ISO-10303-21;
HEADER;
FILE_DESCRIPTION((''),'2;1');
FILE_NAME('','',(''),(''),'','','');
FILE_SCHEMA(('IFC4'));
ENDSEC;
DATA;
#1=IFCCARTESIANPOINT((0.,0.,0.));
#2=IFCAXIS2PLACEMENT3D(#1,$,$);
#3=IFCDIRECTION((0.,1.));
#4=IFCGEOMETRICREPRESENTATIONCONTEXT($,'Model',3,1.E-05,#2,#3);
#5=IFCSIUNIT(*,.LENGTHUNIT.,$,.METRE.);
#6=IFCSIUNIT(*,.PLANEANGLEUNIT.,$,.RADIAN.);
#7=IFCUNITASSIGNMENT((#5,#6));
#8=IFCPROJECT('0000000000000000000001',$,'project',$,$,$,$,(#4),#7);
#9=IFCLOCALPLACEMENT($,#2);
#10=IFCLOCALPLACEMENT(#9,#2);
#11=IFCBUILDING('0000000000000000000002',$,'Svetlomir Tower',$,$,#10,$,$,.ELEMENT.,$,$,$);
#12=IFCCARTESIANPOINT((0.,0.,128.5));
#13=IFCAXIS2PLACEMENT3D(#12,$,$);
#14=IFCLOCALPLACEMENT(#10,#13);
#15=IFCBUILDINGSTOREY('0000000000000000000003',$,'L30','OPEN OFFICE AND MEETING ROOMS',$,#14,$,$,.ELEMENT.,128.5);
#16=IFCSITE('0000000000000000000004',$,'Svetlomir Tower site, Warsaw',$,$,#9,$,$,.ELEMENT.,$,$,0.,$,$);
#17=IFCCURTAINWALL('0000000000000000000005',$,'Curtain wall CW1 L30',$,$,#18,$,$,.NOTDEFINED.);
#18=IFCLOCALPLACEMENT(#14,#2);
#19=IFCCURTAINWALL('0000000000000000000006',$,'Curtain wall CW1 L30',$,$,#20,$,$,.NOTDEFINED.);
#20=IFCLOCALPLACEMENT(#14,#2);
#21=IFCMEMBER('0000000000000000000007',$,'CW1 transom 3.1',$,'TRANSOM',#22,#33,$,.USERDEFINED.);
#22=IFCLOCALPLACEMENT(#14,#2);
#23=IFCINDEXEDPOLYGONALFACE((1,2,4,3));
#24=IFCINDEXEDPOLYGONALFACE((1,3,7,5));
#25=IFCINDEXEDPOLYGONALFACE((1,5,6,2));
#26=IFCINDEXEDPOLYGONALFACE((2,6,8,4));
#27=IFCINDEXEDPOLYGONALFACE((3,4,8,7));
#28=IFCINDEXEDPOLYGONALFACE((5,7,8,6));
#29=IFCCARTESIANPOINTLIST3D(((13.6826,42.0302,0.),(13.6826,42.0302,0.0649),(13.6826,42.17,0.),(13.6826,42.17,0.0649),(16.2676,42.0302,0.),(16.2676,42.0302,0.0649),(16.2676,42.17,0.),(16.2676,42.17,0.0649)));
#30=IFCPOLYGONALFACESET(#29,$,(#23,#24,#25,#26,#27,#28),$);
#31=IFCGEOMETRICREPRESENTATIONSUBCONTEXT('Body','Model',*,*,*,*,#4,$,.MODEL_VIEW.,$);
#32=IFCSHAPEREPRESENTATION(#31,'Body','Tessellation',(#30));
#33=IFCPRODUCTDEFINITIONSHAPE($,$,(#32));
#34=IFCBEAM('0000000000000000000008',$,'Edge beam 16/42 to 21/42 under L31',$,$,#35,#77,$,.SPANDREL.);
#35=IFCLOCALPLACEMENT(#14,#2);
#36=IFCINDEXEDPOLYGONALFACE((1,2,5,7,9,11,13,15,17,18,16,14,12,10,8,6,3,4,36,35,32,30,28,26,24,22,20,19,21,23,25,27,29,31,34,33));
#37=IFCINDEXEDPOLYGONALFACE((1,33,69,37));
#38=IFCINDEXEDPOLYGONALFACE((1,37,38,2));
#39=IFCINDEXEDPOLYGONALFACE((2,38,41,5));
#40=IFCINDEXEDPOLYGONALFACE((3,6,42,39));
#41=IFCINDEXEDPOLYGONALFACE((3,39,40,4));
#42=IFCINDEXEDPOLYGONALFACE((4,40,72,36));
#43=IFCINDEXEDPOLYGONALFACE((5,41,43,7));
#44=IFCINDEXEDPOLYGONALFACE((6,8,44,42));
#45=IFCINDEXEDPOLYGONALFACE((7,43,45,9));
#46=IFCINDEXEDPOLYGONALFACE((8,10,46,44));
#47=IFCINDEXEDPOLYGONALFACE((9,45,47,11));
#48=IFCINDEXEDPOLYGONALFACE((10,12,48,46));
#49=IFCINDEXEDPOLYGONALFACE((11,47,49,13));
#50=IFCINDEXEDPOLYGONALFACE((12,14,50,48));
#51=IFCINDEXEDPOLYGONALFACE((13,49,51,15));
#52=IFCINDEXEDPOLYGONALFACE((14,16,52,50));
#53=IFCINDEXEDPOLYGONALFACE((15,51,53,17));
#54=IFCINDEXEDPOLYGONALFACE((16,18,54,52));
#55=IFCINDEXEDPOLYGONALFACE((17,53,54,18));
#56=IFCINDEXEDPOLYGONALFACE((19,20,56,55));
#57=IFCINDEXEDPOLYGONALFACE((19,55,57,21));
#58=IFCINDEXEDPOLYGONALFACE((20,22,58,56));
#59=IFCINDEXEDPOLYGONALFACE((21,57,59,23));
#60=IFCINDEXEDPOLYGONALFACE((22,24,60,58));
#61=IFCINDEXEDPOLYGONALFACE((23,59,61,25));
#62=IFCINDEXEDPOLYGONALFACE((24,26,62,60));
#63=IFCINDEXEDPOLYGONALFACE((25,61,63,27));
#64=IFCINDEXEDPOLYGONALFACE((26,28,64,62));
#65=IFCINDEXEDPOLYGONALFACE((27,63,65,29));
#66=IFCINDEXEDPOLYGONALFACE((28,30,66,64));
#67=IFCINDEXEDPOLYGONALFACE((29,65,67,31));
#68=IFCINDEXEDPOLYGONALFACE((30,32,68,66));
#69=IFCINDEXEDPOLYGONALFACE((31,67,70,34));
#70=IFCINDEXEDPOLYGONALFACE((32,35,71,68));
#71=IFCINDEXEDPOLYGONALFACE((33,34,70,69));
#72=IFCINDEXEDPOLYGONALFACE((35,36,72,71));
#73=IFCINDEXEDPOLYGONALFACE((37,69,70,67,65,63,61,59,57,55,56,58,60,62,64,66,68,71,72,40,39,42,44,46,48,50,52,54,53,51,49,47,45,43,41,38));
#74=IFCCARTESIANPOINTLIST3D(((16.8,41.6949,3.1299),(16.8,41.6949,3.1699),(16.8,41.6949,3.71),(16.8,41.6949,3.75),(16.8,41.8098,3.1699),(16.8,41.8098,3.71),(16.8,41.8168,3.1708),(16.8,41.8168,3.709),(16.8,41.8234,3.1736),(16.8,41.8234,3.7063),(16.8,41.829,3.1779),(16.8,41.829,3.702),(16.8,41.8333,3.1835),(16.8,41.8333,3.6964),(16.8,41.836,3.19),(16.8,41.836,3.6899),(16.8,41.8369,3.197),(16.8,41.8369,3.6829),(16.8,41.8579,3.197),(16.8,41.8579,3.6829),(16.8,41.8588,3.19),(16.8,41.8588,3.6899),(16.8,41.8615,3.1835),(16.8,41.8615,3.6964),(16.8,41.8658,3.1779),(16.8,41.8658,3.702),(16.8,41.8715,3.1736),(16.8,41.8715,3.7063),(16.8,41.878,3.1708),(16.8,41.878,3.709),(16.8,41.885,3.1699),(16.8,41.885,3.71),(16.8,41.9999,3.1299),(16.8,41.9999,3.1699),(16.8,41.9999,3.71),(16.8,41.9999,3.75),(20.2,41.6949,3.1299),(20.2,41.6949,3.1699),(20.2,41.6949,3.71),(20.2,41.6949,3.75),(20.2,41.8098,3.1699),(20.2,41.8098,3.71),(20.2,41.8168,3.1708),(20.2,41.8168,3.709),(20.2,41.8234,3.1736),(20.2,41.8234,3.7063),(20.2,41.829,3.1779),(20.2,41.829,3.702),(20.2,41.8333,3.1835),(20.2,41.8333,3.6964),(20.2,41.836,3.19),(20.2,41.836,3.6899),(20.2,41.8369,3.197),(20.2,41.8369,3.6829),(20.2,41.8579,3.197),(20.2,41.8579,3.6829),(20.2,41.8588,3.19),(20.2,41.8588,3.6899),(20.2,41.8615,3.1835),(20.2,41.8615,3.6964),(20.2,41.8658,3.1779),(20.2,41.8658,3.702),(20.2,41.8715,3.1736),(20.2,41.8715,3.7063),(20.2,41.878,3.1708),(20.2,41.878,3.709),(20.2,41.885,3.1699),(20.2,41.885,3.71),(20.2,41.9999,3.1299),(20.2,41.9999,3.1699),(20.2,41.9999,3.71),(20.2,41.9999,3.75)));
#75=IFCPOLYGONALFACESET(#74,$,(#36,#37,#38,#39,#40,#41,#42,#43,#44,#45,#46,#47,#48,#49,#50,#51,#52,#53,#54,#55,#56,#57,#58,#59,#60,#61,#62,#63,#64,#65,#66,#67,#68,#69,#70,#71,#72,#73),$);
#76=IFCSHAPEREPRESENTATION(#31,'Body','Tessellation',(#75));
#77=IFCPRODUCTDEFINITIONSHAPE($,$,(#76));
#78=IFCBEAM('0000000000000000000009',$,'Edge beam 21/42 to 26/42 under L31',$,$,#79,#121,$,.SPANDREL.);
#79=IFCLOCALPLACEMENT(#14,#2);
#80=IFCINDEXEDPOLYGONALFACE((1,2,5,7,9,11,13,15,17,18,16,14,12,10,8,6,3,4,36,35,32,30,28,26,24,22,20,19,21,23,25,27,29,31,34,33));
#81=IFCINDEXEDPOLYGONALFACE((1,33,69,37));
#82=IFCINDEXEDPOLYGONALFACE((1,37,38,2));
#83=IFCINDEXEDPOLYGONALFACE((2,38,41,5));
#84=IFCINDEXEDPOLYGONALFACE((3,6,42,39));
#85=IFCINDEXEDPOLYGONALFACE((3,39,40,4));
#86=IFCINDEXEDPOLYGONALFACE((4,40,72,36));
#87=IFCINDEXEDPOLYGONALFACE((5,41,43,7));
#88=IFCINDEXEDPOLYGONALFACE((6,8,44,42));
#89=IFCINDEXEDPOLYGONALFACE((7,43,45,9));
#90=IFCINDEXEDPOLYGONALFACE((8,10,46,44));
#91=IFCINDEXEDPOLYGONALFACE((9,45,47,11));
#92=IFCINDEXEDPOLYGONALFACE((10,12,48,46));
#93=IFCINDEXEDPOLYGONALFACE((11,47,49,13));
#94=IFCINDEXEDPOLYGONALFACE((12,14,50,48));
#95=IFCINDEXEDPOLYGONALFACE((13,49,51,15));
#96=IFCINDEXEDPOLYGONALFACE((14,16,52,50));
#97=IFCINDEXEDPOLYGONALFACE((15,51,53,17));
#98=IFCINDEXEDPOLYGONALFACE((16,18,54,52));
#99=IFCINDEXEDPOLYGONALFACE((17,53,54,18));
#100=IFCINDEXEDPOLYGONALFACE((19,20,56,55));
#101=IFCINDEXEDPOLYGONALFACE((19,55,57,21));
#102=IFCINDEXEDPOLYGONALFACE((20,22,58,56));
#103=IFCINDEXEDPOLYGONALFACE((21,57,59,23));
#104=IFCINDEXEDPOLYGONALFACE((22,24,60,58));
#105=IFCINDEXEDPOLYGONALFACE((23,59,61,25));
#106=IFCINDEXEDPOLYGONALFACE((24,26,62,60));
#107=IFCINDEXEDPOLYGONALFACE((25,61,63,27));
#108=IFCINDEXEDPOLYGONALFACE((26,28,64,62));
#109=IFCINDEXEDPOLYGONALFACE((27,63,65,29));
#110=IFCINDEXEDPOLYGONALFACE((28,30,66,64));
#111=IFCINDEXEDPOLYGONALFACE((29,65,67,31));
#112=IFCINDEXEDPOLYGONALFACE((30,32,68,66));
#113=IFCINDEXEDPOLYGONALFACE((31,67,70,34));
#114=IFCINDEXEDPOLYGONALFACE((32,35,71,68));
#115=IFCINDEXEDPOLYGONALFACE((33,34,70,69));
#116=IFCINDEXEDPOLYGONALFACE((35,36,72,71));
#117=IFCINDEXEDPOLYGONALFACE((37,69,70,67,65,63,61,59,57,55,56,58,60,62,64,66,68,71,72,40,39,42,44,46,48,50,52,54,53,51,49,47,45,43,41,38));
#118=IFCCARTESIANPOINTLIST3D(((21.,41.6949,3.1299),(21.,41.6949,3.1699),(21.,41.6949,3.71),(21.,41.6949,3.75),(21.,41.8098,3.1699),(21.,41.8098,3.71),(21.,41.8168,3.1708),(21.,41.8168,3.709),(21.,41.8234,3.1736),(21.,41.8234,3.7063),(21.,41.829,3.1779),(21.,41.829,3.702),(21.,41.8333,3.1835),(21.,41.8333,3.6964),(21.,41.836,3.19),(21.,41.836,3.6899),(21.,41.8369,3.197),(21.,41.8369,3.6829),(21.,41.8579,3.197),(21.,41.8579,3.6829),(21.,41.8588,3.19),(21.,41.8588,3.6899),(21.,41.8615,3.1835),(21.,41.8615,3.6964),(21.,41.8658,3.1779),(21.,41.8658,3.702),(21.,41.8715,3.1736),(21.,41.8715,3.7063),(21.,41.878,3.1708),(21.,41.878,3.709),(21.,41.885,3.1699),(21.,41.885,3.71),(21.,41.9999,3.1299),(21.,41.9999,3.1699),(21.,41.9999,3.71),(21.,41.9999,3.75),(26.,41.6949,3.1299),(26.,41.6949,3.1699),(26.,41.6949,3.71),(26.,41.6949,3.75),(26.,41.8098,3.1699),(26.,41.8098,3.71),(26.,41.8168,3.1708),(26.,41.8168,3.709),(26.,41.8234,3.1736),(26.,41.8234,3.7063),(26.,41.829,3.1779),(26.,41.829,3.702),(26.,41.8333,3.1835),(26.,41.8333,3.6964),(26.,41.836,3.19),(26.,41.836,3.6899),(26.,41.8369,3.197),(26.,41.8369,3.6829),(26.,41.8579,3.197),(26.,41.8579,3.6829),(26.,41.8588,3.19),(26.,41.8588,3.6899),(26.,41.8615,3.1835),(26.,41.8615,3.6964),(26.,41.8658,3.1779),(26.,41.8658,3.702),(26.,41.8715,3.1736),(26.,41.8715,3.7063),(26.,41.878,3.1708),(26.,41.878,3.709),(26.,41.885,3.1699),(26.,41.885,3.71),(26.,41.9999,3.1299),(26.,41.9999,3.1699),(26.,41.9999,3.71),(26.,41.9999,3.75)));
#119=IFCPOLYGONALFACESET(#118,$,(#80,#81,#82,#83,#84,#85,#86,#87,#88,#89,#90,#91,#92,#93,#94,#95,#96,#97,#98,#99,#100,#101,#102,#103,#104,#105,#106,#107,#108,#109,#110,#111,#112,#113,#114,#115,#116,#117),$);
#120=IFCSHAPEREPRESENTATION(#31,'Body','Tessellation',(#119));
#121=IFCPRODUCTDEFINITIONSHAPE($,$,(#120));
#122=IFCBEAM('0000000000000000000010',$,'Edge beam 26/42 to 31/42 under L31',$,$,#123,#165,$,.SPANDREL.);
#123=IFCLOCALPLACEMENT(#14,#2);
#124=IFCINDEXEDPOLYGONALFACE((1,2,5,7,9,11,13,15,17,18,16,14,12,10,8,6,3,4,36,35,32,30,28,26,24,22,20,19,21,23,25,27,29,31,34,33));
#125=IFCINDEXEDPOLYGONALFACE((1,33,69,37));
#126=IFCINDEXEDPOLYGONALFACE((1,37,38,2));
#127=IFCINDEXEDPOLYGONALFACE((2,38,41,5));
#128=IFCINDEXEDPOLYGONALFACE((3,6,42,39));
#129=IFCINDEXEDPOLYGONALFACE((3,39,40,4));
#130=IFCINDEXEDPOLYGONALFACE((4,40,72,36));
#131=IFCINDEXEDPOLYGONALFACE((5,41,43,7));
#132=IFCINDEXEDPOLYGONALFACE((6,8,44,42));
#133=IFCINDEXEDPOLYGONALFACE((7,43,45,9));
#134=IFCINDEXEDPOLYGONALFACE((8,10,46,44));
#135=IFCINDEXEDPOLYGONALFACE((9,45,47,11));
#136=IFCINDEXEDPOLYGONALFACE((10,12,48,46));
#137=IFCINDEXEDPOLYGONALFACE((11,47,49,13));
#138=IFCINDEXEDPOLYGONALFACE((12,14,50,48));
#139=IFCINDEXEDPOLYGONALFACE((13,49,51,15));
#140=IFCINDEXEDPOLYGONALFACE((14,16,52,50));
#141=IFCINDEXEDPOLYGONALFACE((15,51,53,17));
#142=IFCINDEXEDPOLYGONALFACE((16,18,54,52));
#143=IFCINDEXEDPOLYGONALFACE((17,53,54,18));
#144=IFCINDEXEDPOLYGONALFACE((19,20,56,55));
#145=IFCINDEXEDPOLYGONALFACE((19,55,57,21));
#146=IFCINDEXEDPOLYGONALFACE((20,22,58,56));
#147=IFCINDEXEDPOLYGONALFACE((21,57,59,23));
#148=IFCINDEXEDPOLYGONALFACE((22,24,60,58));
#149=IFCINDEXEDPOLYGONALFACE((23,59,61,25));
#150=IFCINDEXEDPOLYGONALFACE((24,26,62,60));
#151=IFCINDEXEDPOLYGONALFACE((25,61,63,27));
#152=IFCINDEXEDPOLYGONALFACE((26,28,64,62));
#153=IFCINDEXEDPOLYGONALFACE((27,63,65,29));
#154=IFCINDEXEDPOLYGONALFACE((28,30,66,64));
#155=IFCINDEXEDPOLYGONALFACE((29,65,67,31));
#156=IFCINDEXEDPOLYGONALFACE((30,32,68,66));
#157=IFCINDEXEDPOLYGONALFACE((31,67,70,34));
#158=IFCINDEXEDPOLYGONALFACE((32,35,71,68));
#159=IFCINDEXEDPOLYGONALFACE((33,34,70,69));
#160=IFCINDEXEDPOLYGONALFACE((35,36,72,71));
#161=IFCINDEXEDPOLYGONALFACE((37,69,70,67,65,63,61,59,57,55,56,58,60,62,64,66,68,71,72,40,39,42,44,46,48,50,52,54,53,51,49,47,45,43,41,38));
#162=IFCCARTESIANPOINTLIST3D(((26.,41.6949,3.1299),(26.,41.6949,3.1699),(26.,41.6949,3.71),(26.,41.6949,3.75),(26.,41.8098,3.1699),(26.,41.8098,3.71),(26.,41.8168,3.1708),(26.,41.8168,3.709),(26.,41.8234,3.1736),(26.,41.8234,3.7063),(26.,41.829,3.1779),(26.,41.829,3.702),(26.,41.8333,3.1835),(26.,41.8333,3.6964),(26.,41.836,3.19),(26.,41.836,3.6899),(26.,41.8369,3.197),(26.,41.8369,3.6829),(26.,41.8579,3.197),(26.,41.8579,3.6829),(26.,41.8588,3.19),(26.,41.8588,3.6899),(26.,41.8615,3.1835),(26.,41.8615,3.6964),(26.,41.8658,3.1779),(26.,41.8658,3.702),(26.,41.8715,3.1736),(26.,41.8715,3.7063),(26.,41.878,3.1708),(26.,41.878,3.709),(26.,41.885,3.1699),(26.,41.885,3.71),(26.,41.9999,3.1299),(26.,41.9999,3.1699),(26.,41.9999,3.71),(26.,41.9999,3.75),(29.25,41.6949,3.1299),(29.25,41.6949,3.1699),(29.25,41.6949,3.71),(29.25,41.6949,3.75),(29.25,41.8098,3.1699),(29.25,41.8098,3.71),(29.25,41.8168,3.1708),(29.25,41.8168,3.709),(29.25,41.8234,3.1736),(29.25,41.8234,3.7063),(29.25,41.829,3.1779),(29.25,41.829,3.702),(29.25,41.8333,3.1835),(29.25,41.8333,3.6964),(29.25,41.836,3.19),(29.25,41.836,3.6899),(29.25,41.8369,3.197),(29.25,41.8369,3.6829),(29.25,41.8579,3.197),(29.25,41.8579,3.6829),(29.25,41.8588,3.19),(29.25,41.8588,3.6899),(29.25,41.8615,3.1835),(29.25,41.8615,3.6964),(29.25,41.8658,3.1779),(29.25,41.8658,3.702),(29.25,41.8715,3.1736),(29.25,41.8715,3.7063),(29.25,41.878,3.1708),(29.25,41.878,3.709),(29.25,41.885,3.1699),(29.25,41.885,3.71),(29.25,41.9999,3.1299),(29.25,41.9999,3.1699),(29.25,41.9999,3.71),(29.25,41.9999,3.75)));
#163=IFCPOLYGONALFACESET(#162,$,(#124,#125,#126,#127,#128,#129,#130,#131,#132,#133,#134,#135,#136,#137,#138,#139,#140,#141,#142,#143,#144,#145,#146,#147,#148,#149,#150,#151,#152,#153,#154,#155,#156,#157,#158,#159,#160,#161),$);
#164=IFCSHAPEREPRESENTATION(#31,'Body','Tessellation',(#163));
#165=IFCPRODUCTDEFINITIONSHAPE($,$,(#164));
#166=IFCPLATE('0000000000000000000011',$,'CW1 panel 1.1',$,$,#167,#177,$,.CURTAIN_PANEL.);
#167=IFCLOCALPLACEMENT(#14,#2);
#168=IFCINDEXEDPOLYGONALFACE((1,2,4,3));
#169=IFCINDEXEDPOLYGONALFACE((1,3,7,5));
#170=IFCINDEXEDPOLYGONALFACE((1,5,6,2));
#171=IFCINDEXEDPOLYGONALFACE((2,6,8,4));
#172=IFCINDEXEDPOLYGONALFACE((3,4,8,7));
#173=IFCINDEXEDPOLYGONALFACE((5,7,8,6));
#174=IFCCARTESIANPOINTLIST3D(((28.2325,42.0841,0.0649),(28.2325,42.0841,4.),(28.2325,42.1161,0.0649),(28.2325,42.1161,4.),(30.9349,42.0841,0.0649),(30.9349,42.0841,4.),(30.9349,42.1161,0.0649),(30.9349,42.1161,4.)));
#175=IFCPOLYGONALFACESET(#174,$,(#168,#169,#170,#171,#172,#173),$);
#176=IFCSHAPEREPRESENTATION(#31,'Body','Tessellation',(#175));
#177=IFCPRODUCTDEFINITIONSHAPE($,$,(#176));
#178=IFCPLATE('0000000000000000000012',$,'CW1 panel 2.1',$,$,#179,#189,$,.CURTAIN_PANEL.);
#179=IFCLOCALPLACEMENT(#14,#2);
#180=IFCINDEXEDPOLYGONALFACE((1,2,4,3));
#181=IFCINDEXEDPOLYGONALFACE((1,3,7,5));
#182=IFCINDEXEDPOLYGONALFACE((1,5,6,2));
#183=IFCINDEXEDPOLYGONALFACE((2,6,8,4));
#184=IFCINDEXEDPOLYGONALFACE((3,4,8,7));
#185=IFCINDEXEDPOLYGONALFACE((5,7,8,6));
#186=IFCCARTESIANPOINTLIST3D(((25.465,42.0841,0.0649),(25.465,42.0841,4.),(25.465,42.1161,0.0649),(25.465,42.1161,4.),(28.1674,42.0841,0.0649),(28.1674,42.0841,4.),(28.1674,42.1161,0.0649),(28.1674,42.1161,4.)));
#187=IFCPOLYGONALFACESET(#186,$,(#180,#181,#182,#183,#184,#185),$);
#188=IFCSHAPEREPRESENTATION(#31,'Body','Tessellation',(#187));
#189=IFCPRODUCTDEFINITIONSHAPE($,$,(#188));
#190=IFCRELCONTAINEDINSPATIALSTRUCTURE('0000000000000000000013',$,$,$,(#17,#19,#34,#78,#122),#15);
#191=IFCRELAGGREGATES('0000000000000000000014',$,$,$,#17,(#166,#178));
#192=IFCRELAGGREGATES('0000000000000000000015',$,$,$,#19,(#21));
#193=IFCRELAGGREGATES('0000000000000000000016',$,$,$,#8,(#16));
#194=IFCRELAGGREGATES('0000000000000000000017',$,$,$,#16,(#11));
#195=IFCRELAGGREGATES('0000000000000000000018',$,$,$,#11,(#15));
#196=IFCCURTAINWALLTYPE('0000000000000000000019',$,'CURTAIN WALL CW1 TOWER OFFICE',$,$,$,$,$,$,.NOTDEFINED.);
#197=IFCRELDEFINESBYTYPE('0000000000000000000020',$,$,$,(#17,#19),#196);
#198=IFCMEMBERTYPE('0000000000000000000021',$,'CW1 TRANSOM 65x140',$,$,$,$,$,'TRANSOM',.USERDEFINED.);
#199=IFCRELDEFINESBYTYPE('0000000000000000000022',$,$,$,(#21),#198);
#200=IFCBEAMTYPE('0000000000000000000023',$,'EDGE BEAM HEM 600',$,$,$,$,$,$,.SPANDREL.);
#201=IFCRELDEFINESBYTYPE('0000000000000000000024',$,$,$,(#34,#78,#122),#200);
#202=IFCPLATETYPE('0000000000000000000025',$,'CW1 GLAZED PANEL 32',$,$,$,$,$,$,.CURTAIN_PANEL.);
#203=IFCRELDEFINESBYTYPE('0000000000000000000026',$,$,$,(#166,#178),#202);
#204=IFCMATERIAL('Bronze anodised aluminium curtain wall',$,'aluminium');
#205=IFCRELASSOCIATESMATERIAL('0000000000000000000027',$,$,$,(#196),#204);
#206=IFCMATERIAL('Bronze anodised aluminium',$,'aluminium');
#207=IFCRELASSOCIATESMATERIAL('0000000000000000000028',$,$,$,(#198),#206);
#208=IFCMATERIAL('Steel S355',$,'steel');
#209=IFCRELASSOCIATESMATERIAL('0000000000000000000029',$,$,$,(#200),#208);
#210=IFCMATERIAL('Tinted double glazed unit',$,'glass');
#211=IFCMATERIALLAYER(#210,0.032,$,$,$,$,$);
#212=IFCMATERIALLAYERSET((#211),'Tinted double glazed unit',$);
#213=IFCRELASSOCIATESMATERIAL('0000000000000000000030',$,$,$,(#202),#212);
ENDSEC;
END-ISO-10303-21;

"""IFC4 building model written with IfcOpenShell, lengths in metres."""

from ifc_helpers import new_model, si_unit, direction, frame, origin, origin_2d, place, context, subcontext, project, spatial, rectangle, i_section, extrude, material, layer, layer_set, material_profile, profile_set, type_object, element, aggregate, save


model = new_model("IFC4")

# Units and contexts
model_context = context("Model", 3, precision=1e-05, world=origin(), true_north=direction((0.0, 1.0)))
body_context = subcontext(model_context, "Body", "Model", "MODEL_VIEW")
ifc_project = project(units=[si_unit("LENGTHUNIT", "METRE"), si_unit("PLANEANGLEUNIT", "RADIAN")], contexts=[model_context])

# Site, building, storey
site_placement = place(None, origin())
site = spatial("IfcSite", under=ifc_project, at=site_placement, Name="Svetlomir Tower site, Warsaw", CompositionType="ELEMENT", RefElevation=0.0)
building_placement = place(site_placement, origin())
building = spatial("IfcBuilding", under=site, at=building_placement, Name="Svetlomir Tower", CompositionType="ELEMENT")
storey_placement = place(building_placement, frame((0.0, 0.0, 128.5)))
storey = spatial("IfcBuildingStorey", under=building, at=storey_placement, Name="L30", Description="OPEN OFFICE AND MEETING ROOMS", CompositionType="ELEMENT", Elevation=128.5)

# Curtain walls
ifc_material_1 = material(Name="Bronze anodised aluminium curtain wall", Category="aluminium")
curtain_wall_type = type_object("IfcCurtainWallType", Name="CURTAIN WALL CW1 TOWER OFFICE", PredefinedType="NOTDEFINED", material=ifc_material_1)
curtain_wall_1_placement = place(storey_placement, origin())
curtain_wall_1 = element("IfcCurtainWall", 1, at=curtain_wall_1_placement, inside=storey, type_object=curtain_wall_type, Name="Curtain wall CW1 L30", PredefinedType="NOTDEFINED")
curtain_wall_2_placement = place(storey_placement, origin())
curtain_wall_2 = element("IfcCurtainWall", 2, at=curtain_wall_2_placement, inside=storey, type_object=curtain_wall_type, Name="Curtain wall CW1 L30", PredefinedType="NOTDEFINED")

# Member
ifc_material_2 = material(Name="Bronze anodised aluminium", Category="aluminium")
ifc_material_profile_1 = material_profile(ifc_material_2, rectangle(XDim=0.1399, YDim=0.0649, at=origin_2d()), Name="AL 140x65")
ifc_profile_set_1 = profile_set([ifc_material_profile_1], Name="Bronze anodised aluminium 6063-T6")
member_type_1 = type_object("IfcMemberType", Name="CW1 TRANSOM 65x140", ElementType="TRANSOM", PredefinedType="USERDEFINED", material=ifc_profile_set_1)
member_1_placement = place(storey_placement, frame((16.2676, 42.1001, 0.0325), z_axis=(-1.0, 0.0, 0.0), x_axis=(0.0, -1.0, 0.0)))
member_1 = element("IfcMember", 3, at=member_1_placement, type_object=member_type_1, Name="CW1 transom 3.1", ObjectType="TRANSOM", PredefinedType="USERDEFINED", context=body_context, shape_type="SweptSolid", body=[
    extrude(rectangle(XDim=0.1399, YDim=0.0649, at=origin_2d()), origin(), (0.0, 0.0, 1.0), 2.585),
])

# Beams
ifc_material_3 = material(Name="Steel S355", Category="steel")
ifc_material_profile_2 = material_profile(ifc_material_3, i_section(OverallWidth=0.3049, OverallDepth=0.6201, WebThickness=0.021, FlangeThickness=0.04, FilletRadius=0.0271, at=origin_2d()), Name="HEM 600")
ifc_profile_set_2 = profile_set([ifc_material_profile_2], Name="Steel S355")
beam_type_1 = type_object("IfcBeamType", Name="EDGE BEAM HEM 600", PredefinedType="SPANDREL", material=ifc_profile_set_2)
beam_1_placement = place(storey_placement, frame((16.8, 41.8474, 3.4399), z_axis=(1.0, 0.0, 0.0), x_axis=(0.0, 1.0, 0.0)))
element("IfcBeam", 4, at=beam_1_placement, inside=storey, type_object=beam_type_1, Name="Edge beam 16/42 to 21/42 under L31", PredefinedType="SPANDREL", context=body_context, shape_type="SweptSolid", body=[
    extrude(i_section(OverallWidth=0.3049, OverallDepth=0.6201, WebThickness=0.021, FlangeThickness=0.04, FilletRadius=0.0271, at=origin_2d()), origin(), (0.0, 0.0, 1.0), 3.3999),
])
beam_2_placement = place(storey_placement, frame((21.0, 41.8474, 3.4399), z_axis=(1.0, 0.0, 0.0), x_axis=(0.0, 1.0, 0.0)))
element("IfcBeam", 5, at=beam_2_placement, inside=storey, type_object=beam_type_1, Name="Edge beam 21/42 to 26/42 under L31", PredefinedType="SPANDREL", context=body_context, shape_type="SweptSolid", body=[
    extrude(i_section(OverallWidth=0.3049, OverallDepth=0.6201, WebThickness=0.021, FlangeThickness=0.04, FilletRadius=0.0271, at=origin_2d()), origin(), (0.0, 0.0, 1.0), 5.0),
])
beam_3_placement = place(storey_placement, frame((26.0, 41.8474, 3.4399), z_axis=(1.0, 0.0, 0.0), x_axis=(0.0, 1.0, 0.0)))
element("IfcBeam", 6, at=beam_3_placement, inside=storey, type_object=beam_type_1, Name="Edge beam 26/42 to 31/42 under L31", PredefinedType="SPANDREL", context=body_context, shape_type="SweptSolid", body=[
    extrude(i_section(OverallWidth=0.3049, OverallDepth=0.6201, WebThickness=0.021, FlangeThickness=0.04, FilletRadius=0.0271, at=origin_2d()), origin(), (0.0, 0.0, 1.0), 3.25),
])

# Plates
ifc_material_4 = material(Name="Tinted double glazed unit", Category="glass")
ifc_layer_1 = layer(ifc_material_4, 0.032)
ifc_layer_set_1 = layer_set([ifc_layer_1], Name="Tinted double glazed unit")
plate_type = type_object("IfcPlateType", Name="CW1 GLAZED PANEL 32", PredefinedType="CURTAIN_PANEL", material=ifc_layer_set_1)
plate_1_placement = place(storey_placement, frame((29.5837, 42.1001, 0.0649), z_axis=(0.0, 0.0, 1.0), x_axis=(-1.0, 0.0, 0.0)))
plate_1 = element("IfcPlate", 7, at=plate_1_placement, type_object=plate_type, Name="CW1 panel 1.1", PredefinedType="CURTAIN_PANEL", context=body_context, shape_type="SweptSolid", body=[
    extrude(rectangle(XDim=2.7024, YDim=0.032, at=origin_2d()), origin(), (0.0, 0.0, 1.0), 3.9351),
])
plate_2_placement = place(storey_placement, frame((26.8162, 42.1001, 0.0649), z_axis=(0.0, 0.0, 1.0), x_axis=(-1.0, 0.0, 0.0)))
plate_2 = element("IfcPlate", 8, at=plate_2_placement, type_object=plate_type, Name="CW1 panel 2.1", PredefinedType="CURTAIN_PANEL", context=body_context, shape_type="SweptSolid", body=[
    extrude(rectangle(XDim=2.7024, YDim=0.032, at=origin_2d()), origin(), (0.0, 0.0, 1.0), 3.9351),
])
aggregate(curtain_wall_1, [plate_1, plate_2])
aggregate(curtain_wall_2, [member_1])

save(model, "model.ifc")
